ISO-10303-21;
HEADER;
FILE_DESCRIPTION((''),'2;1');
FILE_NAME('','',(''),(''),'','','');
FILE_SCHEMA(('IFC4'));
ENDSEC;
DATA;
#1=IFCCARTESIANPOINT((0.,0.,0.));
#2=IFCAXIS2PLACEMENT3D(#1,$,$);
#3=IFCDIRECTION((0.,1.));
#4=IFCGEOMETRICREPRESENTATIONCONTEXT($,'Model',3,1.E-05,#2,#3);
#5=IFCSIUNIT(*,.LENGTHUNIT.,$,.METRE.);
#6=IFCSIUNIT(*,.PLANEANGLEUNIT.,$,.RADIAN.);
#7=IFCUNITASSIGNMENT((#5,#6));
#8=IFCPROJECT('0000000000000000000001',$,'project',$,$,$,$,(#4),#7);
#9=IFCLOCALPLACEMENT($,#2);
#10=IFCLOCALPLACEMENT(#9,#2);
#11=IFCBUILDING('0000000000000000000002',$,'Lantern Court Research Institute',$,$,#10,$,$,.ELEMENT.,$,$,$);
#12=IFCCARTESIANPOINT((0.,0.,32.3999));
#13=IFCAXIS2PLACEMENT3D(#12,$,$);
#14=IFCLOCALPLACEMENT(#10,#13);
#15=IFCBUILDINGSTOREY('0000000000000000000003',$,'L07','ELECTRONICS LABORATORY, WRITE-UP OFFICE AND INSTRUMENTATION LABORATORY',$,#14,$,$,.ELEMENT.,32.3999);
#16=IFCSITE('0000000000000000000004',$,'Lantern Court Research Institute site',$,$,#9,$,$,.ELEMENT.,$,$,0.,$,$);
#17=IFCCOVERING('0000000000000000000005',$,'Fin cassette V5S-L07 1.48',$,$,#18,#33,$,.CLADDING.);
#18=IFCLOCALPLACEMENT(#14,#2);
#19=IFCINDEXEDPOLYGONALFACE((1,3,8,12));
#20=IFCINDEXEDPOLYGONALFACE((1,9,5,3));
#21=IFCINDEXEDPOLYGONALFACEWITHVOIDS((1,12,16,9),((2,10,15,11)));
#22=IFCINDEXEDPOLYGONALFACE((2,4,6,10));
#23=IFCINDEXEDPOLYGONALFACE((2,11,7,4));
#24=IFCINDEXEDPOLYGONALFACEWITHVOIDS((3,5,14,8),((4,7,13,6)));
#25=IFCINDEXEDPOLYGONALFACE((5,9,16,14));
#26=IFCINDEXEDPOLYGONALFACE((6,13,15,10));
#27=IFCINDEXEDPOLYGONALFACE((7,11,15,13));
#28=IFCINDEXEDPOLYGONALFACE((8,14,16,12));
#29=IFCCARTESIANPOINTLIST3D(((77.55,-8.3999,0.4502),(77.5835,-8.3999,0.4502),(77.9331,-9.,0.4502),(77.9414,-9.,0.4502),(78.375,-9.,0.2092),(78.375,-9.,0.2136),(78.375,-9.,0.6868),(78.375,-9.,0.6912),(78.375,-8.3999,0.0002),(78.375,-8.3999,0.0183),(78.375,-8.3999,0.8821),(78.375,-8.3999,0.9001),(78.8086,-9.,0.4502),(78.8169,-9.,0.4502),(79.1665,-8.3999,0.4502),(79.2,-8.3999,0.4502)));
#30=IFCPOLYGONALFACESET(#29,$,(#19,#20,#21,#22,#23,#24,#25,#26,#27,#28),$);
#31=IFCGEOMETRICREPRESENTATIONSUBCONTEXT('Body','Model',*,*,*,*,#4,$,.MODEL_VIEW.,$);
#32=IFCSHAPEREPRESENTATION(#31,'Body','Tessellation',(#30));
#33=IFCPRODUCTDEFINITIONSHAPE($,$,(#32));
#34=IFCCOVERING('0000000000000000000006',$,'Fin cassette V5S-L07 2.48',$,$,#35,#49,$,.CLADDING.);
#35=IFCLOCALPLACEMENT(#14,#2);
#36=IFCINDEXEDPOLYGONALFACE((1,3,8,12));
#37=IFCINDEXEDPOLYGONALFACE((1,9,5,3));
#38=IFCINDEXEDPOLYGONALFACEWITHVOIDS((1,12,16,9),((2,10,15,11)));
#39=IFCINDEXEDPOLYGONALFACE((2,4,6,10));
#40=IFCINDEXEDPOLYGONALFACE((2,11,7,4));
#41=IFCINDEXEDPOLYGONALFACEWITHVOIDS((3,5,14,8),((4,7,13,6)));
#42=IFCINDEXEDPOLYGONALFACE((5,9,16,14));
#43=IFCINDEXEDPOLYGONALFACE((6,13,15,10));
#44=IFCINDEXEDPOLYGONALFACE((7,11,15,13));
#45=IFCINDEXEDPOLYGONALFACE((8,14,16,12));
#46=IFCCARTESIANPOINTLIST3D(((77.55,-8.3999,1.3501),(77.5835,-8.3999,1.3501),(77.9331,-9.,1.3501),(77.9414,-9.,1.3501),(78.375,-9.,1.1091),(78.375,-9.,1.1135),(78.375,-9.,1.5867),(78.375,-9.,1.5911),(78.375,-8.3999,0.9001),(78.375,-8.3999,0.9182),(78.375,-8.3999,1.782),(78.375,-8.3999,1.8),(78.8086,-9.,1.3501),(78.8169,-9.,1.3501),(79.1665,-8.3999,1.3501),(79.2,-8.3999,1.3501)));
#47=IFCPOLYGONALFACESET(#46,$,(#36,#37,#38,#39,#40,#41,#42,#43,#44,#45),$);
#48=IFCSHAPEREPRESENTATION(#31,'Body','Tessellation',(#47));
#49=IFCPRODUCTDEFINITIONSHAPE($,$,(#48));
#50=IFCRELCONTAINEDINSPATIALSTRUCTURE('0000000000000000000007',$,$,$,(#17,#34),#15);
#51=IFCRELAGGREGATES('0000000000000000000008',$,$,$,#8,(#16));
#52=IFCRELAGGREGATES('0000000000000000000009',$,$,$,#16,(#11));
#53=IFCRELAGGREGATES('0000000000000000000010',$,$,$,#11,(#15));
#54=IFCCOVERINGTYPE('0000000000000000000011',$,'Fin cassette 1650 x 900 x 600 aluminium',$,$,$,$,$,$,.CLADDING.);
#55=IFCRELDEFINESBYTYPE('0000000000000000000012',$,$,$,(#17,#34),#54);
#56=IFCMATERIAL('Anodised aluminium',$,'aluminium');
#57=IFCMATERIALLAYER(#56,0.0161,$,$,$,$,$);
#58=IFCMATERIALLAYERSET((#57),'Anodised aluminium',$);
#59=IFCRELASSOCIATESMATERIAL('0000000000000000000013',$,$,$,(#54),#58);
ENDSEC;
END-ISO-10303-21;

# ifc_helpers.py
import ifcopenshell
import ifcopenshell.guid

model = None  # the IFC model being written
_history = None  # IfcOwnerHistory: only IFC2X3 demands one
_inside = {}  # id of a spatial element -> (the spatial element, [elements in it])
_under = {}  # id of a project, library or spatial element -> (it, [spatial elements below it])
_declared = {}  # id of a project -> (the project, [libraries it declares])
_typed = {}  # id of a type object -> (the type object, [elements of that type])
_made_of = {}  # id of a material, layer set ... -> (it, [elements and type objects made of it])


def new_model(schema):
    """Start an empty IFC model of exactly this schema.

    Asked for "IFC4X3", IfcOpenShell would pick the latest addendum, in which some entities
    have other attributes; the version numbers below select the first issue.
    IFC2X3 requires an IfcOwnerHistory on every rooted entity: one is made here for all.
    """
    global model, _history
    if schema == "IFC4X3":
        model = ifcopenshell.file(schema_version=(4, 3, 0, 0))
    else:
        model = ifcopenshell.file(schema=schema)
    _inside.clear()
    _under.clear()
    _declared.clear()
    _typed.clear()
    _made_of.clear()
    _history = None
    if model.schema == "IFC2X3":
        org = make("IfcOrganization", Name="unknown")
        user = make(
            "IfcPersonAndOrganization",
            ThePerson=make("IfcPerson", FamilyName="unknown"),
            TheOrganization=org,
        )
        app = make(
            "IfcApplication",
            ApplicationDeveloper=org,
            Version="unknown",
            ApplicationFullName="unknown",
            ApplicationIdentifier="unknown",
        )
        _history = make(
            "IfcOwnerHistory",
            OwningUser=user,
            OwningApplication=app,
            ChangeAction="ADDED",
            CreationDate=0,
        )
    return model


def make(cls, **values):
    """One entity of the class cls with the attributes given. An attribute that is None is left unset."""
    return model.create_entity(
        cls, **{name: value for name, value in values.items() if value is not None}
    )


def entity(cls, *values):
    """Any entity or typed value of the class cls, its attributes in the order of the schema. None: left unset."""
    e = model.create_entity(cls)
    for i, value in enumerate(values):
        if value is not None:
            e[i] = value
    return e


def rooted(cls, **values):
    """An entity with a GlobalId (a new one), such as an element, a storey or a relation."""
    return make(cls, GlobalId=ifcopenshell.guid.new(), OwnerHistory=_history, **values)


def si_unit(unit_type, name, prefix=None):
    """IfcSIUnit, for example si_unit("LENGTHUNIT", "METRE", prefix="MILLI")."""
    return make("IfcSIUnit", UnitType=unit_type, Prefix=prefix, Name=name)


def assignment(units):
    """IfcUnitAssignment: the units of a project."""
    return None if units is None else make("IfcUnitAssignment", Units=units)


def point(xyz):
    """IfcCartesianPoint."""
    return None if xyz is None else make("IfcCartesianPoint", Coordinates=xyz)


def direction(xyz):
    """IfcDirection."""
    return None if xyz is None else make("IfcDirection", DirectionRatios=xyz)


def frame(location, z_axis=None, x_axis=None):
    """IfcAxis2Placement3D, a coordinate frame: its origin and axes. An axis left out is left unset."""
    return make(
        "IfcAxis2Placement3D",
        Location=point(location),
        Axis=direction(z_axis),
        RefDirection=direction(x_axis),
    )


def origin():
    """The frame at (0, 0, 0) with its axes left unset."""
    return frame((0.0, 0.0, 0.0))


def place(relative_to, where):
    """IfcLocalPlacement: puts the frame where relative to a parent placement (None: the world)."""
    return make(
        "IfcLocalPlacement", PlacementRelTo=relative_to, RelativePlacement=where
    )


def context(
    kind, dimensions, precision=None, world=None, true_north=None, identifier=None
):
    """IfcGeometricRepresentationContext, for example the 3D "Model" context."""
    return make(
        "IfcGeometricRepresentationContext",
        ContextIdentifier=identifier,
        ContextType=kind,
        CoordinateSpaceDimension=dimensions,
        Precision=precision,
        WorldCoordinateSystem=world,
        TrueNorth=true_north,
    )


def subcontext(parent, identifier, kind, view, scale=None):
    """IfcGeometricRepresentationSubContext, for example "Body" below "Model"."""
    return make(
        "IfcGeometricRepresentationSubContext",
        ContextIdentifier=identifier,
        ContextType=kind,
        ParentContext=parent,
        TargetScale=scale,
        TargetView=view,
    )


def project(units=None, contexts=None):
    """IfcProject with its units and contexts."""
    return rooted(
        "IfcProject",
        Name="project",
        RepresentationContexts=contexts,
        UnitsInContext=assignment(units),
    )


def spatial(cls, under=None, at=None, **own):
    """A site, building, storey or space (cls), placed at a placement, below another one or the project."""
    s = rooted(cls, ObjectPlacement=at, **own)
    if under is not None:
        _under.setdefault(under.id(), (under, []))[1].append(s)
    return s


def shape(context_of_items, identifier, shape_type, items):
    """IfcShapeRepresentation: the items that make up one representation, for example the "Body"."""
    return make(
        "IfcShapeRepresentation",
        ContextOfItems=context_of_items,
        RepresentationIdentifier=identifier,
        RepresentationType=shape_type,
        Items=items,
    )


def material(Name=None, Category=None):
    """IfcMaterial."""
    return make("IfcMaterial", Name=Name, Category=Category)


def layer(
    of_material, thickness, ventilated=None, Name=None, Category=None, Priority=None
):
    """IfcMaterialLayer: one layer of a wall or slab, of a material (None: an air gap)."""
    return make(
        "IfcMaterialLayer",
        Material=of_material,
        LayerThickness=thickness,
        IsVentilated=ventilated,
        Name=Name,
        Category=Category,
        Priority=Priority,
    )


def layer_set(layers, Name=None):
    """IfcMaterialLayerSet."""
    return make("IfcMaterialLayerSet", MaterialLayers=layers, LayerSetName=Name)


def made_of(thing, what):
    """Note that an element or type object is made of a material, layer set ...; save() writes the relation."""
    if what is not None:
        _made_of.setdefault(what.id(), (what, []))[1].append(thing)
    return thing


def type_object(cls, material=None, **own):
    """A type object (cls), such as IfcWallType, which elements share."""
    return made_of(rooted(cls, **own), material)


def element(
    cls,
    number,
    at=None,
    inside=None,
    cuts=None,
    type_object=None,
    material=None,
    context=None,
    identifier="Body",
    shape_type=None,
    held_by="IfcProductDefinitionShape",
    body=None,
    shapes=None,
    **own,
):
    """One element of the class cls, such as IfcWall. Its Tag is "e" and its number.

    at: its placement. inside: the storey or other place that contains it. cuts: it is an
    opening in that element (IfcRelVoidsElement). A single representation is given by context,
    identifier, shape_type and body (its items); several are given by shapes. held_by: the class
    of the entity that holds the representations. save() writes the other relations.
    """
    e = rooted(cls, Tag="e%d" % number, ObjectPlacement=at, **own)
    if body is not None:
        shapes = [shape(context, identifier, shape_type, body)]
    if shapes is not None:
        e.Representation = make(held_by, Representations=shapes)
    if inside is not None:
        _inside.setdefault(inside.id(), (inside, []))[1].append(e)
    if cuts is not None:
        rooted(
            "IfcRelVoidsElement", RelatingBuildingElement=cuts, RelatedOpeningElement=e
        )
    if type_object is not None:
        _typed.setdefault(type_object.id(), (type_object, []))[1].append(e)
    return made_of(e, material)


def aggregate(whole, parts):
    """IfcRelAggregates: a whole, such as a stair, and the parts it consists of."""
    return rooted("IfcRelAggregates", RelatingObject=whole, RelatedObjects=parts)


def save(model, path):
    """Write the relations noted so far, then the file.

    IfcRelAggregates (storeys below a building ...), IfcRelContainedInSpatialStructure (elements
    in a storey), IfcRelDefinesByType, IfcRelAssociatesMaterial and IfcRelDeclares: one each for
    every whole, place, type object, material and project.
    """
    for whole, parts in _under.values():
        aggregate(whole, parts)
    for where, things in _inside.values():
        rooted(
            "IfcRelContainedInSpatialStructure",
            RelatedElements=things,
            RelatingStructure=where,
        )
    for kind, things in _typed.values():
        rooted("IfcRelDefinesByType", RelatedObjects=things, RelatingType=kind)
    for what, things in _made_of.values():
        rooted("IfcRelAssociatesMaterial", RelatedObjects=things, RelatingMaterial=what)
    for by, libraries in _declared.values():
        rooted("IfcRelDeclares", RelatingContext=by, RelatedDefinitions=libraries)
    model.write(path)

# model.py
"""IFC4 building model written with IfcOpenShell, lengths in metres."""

from ifc_helpers import new_model, entity, si_unit, direction, frame, origin, place, context, subcontext, project, spatial, material, layer, layer_set, type_object, element, save


model = new_model("IFC4")

# Units and contexts
model_context = context("Model", 3, precision=1e-05, world=origin(), true_north=direction((0.0, 1.0)))
body_context = subcontext(model_context, "Body", "Model", "MODEL_VIEW")
ifc_project = project(units=[si_unit("LENGTHUNIT", "METRE"), si_unit("PLANEANGLEUNIT", "RADIAN")], contexts=[model_context])

# Site, building, storey
site_placement = place(None, origin())
site = spatial("IfcSite", under=ifc_project, at=site_placement, Name="Lantern Court Research Institute site", CompositionType="ELEMENT", RefElevation=0.0)
building_placement = place(site_placement, origin())
building = spatial("IfcBuilding", under=site, at=building_placement, Name="Lantern Court Research Institute", CompositionType="ELEMENT")
storey_placement = place(building_placement, frame((0.0, 0.0, 32.3999)))
storey = spatial("IfcBuildingStorey", under=building, at=storey_placement, Name="L07", Description="ELECTRONICS LABORATORY, WRITE-UP OFFICE AND INSTRUMENTATION LABORATORY", CompositionType="ELEMENT", Elevation=32.3999)

# Coverings
ifc_material_1 = material(Name="Anodised aluminium", Category="aluminium")
ifc_layer_1 = layer(ifc_material_1, 0.0161)
ifc_layer_set_1 = layer_set([ifc_layer_1], Name="Anodised aluminium")
covering_type = type_object("IfcCoveringType", Name="Fin cassette 1650 x 900 x 600 aluminium", PredefinedType="CLADDING", material=ifc_layer_set_1)
covering_1_placement = place(storey_placement, frame((78.375, -8.3999, 0.4502), z_axis=(0.0, -1.0, 0.0), x_axis=(1.0, 0.0, 0.0)))
cartesian_point_1 = entity("IfcCartesianPoint", [0.825, 0.0])
cartesian_point_2 = entity("IfcCartesianPoint", [0.7915, 0.0])
cartesian_point_3 = entity("IfcCartesianPoint", [0.4419, 0.0])
cartesian_point_4 = entity("IfcCartesianPoint", [0.4336, 0.0])
element("IfcCovering", 1, at=covering_1_placement, inside=storey, type_object=covering_type, Name="Fin cassette V5S-L07 1.48", PredefinedType="CLADDING", context=body_context, shape_type="SweptSolid", body=[
    entity("IfcExtrudedAreaSolidTapered", entity("IfcArbitraryProfileDefWithVoids", "AREA", None, entity("IfcPolyline", [cartesian_point_1, entity("IfcCartesianPoint", [0.0, 0.45]), entity("IfcCartesianPoint", [-0.825, 0.0]), entity("IfcCartesianPoint", [0.0, -0.45]), cartesian_point_1]), [entity("IfcPolyline", [cartesian_point_2, entity("IfcCartesianPoint", [0.0, 0.4319]), entity("IfcCartesianPoint", [-0.7915, 0.0]), entity("IfcCartesianPoint", [0.0, -0.4319]), cartesian_point_2])]), entity("IfcAxis2Placement3D", entity("IfcCartesianPoint", [0.0, 0.0, 0.0])), entity("IfcDirection", [0.0, 0.0, 1.0]), 0.6001, entity("IfcArbitraryProfileDefWithVoids", "AREA", None, entity("IfcPolyline", [cartesian_point_3, entity("IfcCartesianPoint", [0.0, 0.241]), entity("IfcCartesianPoint", [-0.4419, 0.0]), entity("IfcCartesianPoint", [0.0, -0.241]), cartesian_point_3]), [entity("IfcPolyline", [cartesian_point_4, entity("IfcCartesianPoint", [0.0, 0.2366]), entity("IfcCartesianPoint", [-0.4336, 0.0]), entity("IfcCartesianPoint", [0.0, -0.2366]), cartesian_point_4])])),
])
covering_2_placement = place(storey_placement, frame((78.375, -8.3999, 1.3501), z_axis=(0.0, -1.0, 0.0), x_axis=(1.0, 0.0, 0.0)))
cartesian_point_5 = entity("IfcCartesianPoint", [0.825, 0.0])
cartesian_point_6 = entity("IfcCartesianPoint", [0.7915, 0.0])
cartesian_point_7 = entity("IfcCartesianPoint", [0.4419, 0.0])
cartesian_point_8 = entity("IfcCartesianPoint", [0.4336, 0.0])
element("IfcCovering", 2, at=covering_2_placement, inside=storey, type_object=covering_type, Name="Fin cassette V5S-L07 2.48", PredefinedType="CLADDING", context=body_context, shape_type="SweptSolid", body=[
    entity("IfcExtrudedAreaSolidTapered", entity("IfcArbitraryProfileDefWithVoids", "AREA", None, entity("IfcPolyline", [cartesian_point_5, entity("IfcCartesianPoint", [0.0, 0.45]), entity("IfcCartesianPoint", [-0.825, 0.0]), entity("IfcCartesianPoint", [0.0, -0.45]), cartesian_point_5]), [entity("IfcPolyline", [cartesian_point_6, entity("IfcCartesianPoint", [0.0, 0.4319]), entity("IfcCartesianPoint", [-0.7915, 0.0]), entity("IfcCartesianPoint", [0.0, -0.4319]), cartesian_point_6])]), entity("IfcAxis2Placement3D", entity("IfcCartesianPoint", [0.0, 0.0, 0.0])), entity("IfcDirection", [0.0, 0.0, 1.0]), 0.6001, entity("IfcArbitraryProfileDefWithVoids", "AREA", None, entity("IfcPolyline", [cartesian_point_7, entity("IfcCartesianPoint", [0.0, 0.241]), entity("IfcCartesianPoint", [-0.4419, 0.0]), entity("IfcCartesianPoint", [0.0, -0.241]), cartesian_point_7]), [entity("IfcPolyline", [cartesian_point_8, entity("IfcCartesianPoint", [0.0, 0.2366]), entity("IfcCartesianPoint", [-0.4336, 0.0]), entity("IfcCartesianPoint", [0.0, -0.2366]), cartesian_point_8])])),
])

save(model, "model.ifc")
